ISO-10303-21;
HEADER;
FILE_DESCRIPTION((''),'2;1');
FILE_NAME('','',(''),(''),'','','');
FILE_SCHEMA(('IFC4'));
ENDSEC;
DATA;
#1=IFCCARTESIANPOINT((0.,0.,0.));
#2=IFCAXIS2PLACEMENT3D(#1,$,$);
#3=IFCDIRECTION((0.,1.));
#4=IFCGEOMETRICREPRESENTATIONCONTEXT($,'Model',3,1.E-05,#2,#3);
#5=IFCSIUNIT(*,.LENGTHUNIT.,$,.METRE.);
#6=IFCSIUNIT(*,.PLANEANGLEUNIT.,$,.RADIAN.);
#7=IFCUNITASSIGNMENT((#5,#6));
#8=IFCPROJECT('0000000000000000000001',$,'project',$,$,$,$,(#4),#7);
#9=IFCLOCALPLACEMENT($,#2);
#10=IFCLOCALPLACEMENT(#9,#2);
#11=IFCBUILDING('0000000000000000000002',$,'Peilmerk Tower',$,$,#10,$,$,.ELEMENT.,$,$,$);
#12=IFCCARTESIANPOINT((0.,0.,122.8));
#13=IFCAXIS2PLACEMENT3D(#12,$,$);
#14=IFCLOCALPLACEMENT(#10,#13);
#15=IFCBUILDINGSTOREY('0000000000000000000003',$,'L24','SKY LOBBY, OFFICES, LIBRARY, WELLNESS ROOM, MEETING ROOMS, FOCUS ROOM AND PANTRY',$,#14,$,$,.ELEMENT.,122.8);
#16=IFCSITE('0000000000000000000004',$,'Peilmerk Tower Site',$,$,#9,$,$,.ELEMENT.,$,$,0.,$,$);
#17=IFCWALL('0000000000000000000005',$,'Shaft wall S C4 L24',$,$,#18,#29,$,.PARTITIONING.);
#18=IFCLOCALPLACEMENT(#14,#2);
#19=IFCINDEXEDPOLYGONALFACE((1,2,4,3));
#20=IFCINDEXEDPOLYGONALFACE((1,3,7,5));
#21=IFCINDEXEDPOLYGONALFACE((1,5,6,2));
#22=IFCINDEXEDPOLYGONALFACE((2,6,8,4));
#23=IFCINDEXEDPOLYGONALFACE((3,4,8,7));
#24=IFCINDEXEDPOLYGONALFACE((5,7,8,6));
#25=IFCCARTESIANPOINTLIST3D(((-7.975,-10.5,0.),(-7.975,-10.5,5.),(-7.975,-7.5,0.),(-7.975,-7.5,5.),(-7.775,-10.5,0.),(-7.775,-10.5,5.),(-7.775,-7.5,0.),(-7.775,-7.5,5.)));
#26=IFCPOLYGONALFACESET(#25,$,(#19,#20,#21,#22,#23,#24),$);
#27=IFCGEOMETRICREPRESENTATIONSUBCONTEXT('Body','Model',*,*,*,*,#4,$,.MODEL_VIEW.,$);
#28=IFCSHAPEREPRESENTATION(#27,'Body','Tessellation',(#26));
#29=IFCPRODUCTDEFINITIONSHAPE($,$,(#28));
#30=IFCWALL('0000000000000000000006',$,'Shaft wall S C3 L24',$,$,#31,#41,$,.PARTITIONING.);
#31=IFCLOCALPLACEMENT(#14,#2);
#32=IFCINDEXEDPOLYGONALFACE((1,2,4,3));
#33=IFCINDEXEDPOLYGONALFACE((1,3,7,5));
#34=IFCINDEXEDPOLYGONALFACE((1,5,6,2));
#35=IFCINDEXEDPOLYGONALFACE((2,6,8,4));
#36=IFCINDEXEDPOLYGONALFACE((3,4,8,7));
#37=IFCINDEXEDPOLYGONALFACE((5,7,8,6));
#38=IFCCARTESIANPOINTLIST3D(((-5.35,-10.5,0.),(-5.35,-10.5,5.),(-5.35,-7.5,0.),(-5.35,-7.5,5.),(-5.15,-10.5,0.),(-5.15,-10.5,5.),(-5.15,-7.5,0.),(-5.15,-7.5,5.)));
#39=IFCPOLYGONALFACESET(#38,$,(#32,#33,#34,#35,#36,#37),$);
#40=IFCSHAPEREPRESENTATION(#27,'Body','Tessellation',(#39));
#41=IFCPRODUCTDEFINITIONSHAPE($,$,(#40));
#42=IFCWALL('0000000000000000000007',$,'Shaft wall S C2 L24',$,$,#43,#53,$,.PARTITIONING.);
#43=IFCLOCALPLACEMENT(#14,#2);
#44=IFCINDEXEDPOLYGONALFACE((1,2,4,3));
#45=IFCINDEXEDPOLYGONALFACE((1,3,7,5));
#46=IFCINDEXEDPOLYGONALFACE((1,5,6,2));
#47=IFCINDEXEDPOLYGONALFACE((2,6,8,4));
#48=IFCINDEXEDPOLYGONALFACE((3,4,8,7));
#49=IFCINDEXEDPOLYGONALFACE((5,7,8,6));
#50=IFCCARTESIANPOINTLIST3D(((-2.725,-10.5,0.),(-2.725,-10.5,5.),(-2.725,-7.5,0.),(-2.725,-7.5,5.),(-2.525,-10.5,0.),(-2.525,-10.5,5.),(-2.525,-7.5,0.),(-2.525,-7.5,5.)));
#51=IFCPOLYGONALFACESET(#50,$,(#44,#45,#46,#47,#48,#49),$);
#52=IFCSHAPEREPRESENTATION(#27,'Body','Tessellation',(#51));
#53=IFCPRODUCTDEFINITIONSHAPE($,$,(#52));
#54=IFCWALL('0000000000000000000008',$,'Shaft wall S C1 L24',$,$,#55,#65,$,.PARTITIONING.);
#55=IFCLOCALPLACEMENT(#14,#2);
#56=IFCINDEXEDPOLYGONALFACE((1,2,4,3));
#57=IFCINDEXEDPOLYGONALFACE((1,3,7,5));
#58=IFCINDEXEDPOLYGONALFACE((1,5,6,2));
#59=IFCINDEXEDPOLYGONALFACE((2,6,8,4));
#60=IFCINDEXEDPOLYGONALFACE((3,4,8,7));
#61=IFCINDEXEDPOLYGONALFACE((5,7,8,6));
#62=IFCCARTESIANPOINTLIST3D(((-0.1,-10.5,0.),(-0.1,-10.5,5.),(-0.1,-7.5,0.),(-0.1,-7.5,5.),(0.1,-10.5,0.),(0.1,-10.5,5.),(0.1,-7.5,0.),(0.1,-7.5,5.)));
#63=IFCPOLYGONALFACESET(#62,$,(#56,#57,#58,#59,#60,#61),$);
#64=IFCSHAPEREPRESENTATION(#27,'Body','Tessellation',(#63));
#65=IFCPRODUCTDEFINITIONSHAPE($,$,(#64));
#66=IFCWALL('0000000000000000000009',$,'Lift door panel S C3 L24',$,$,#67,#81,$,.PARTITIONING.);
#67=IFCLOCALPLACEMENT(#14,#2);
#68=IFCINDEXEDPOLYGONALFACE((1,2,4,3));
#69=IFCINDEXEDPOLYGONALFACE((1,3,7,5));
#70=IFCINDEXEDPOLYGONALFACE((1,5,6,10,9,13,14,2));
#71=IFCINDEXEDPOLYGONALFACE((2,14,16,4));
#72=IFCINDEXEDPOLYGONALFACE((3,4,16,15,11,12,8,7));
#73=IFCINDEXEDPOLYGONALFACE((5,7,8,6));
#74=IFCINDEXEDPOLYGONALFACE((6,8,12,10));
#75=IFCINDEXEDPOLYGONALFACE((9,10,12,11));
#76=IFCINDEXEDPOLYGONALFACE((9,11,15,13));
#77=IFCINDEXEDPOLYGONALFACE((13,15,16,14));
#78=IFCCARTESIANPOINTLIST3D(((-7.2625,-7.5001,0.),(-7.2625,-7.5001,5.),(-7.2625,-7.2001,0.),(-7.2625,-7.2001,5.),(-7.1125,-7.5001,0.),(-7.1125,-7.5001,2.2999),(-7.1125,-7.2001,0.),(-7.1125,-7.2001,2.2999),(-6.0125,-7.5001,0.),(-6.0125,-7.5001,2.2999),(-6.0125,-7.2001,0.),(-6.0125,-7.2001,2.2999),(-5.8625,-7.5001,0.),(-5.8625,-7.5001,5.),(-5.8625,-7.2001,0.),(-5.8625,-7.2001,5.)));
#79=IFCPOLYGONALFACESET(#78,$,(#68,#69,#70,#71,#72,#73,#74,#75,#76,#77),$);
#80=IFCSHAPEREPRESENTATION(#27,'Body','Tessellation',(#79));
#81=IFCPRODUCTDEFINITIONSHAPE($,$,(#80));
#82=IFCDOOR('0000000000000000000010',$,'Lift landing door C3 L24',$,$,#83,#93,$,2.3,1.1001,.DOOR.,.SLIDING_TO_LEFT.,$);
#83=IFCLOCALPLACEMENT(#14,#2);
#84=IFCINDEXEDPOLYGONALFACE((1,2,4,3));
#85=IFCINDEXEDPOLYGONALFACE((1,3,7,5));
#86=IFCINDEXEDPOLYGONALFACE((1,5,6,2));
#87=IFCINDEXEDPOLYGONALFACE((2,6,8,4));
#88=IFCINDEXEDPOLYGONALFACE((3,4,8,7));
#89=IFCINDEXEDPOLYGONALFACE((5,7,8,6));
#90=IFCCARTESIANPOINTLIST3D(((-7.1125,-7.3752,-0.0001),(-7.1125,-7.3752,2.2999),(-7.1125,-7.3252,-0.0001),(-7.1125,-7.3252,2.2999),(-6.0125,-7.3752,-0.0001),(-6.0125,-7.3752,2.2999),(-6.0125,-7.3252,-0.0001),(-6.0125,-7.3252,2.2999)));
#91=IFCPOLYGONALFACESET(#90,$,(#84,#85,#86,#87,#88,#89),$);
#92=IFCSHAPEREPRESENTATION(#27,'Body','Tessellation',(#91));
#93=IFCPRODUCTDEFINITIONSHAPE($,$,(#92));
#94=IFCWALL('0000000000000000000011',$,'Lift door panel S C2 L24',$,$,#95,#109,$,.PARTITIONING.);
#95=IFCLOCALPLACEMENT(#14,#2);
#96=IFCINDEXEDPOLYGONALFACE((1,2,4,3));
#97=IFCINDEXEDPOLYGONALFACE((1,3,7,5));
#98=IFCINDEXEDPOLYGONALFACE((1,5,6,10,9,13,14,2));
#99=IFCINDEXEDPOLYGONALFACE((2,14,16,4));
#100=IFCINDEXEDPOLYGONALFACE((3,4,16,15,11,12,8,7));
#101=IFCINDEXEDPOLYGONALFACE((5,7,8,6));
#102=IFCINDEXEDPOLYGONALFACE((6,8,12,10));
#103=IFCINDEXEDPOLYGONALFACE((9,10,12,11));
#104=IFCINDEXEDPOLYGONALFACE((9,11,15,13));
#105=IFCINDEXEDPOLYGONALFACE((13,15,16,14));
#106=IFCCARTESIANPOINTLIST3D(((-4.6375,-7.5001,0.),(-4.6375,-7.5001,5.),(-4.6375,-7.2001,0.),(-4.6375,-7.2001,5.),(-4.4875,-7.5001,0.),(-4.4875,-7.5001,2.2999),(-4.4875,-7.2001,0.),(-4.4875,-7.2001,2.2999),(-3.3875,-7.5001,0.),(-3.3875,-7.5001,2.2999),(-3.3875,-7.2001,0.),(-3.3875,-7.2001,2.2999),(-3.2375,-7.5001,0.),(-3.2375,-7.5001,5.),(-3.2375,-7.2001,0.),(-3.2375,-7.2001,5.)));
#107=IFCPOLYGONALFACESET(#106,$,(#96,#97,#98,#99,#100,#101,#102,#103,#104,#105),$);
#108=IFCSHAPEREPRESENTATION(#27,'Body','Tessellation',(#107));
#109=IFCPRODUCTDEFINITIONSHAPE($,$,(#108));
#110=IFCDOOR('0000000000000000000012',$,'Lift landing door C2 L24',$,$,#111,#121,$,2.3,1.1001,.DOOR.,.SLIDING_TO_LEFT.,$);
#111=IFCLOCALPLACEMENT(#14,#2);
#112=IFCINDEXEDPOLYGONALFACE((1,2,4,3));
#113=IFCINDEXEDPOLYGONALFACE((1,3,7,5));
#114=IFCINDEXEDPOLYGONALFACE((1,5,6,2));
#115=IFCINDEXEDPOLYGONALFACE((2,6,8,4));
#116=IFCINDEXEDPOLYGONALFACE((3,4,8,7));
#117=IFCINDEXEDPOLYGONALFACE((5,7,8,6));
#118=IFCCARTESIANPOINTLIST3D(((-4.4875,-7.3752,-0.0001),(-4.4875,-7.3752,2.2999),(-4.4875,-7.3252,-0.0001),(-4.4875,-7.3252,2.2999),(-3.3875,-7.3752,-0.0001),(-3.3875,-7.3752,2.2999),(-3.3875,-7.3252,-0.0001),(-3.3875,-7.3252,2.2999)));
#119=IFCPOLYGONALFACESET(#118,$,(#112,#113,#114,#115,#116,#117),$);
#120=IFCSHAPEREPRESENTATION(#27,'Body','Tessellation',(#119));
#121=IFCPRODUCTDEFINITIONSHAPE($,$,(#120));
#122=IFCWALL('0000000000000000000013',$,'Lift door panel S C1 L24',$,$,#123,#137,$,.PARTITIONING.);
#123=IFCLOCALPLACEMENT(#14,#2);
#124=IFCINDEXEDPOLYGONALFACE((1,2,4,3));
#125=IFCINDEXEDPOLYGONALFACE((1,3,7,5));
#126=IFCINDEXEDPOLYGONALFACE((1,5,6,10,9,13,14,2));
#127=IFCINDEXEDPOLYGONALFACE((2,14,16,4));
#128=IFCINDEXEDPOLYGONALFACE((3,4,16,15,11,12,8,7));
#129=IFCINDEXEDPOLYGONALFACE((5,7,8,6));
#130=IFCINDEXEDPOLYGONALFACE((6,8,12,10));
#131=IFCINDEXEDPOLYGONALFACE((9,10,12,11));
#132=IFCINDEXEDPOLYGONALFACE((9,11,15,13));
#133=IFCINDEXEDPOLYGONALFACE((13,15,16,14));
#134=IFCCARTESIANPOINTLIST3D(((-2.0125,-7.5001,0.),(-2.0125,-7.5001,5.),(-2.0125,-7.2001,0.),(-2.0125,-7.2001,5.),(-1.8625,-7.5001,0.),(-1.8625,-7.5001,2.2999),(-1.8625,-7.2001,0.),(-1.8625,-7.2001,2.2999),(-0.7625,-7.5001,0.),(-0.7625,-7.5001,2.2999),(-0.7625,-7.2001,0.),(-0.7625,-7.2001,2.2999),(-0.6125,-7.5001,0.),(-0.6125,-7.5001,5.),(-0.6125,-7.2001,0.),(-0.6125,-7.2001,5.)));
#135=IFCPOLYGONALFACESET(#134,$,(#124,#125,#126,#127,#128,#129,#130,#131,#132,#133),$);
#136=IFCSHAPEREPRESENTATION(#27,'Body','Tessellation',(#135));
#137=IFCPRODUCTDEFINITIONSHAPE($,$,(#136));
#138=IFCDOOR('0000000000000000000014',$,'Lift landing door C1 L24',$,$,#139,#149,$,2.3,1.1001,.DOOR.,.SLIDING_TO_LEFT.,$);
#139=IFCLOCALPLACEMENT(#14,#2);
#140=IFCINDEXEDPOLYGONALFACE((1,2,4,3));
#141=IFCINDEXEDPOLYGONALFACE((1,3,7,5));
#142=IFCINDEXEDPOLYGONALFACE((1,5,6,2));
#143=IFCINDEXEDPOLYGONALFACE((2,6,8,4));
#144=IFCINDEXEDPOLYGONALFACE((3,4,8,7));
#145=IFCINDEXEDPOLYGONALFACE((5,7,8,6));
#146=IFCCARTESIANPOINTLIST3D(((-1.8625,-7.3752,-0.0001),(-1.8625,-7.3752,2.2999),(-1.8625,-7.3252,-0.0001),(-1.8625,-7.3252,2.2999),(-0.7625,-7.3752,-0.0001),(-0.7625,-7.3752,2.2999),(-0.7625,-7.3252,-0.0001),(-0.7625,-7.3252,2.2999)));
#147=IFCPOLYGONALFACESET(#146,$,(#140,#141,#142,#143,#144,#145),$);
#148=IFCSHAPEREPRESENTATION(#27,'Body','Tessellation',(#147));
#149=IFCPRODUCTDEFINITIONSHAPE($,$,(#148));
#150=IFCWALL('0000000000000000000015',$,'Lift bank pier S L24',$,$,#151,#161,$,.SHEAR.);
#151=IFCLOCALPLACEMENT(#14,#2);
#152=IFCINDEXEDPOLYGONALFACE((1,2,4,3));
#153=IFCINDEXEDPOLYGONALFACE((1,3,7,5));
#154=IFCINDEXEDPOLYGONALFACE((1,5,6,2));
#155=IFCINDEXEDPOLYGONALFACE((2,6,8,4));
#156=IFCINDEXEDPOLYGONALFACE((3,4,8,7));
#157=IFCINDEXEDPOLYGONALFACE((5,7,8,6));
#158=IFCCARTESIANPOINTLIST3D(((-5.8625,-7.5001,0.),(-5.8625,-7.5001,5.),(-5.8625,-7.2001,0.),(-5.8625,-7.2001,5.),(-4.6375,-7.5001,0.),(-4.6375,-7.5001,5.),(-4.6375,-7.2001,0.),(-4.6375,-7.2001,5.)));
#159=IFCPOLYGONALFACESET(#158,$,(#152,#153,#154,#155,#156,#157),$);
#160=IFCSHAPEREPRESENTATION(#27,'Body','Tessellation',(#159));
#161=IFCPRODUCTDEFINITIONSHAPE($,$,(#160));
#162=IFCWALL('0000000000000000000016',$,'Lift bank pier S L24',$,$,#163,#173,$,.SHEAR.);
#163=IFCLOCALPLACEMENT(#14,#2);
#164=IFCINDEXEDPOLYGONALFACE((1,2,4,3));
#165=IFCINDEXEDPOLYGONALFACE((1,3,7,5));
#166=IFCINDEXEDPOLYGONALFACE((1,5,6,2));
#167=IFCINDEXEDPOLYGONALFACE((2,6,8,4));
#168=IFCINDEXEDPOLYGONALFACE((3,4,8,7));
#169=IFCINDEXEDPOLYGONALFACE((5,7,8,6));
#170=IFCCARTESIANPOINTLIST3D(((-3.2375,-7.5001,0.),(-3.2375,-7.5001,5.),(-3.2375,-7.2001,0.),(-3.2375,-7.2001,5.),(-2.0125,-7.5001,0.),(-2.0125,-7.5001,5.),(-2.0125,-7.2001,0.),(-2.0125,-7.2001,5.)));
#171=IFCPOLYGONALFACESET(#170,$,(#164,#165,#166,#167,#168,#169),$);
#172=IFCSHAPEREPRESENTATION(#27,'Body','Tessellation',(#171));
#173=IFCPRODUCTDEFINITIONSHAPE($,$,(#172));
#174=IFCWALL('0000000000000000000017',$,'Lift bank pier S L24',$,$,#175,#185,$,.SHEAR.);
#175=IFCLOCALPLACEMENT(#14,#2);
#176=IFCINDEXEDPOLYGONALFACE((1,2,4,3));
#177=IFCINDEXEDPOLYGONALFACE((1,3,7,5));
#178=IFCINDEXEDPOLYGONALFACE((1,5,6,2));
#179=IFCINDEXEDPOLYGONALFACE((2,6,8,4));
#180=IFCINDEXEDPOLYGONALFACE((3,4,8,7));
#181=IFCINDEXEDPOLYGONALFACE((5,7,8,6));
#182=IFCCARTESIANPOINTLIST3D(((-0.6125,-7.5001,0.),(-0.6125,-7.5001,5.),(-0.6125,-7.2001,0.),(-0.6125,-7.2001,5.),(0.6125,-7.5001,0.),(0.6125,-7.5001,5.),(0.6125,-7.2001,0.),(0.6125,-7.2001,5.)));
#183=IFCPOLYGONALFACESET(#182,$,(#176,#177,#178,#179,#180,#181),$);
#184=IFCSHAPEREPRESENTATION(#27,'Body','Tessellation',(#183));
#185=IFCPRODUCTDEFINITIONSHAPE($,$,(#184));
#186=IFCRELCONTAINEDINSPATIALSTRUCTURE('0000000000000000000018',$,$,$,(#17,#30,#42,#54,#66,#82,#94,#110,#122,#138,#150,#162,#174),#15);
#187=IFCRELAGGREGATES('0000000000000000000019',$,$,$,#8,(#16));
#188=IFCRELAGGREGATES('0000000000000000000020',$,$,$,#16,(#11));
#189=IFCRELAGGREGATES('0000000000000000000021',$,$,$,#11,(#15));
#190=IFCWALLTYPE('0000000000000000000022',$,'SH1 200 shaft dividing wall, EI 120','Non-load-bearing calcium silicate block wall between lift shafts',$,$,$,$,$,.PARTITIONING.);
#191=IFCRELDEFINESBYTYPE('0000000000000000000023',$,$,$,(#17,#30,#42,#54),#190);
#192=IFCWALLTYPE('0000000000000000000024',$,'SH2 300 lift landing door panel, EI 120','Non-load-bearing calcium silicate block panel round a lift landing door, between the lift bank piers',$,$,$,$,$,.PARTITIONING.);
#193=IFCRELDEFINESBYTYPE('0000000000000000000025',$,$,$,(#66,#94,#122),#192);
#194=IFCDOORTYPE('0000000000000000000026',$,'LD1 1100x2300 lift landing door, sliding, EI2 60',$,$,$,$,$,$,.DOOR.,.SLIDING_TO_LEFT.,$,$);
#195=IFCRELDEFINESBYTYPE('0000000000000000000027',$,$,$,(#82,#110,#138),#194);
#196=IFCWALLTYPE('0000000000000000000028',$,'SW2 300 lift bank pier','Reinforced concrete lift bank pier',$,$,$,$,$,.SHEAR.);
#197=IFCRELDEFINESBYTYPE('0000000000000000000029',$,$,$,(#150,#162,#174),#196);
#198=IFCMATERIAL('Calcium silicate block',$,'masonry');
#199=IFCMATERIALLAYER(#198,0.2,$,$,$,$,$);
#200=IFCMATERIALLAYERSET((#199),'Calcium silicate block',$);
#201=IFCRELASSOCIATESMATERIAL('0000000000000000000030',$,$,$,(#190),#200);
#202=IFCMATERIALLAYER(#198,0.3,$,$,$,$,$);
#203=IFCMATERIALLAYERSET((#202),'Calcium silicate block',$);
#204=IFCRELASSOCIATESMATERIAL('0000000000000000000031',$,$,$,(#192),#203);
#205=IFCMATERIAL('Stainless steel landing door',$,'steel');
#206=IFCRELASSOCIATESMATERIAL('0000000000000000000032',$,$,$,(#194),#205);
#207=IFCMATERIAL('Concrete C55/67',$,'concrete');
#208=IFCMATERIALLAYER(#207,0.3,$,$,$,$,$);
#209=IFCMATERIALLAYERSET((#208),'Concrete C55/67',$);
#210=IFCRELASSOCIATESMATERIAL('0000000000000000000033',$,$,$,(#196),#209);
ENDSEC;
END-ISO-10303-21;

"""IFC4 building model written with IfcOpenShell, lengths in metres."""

from ifc_helpers import new_model, si_unit, direction, frame, frame_2d, origin, place, context, subcontext, project, spatial, rectangle, extrude, material, layer, layer_set, type_object, element, fill, save


model = new_model("IFC4")

# Units and contexts
model_context = context("Model", 3, precision=1e-05, world=origin(), true_north=direction((0.0, 1.0)))
body_context = subcontext(model_context, "Body", "Model", "MODEL_VIEW")
ifc_project = project(units=[si_unit("LENGTHUNIT", "METRE"), si_unit("PLANEANGLEUNIT", "RADIAN")], contexts=[model_context])

# Site, building, storey
site_placement = place(None, origin())
site = spatial("IfcSite", under=ifc_project, at=site_placement, Name="Peilmerk Tower Site", CompositionType="ELEMENT", RefElevation=0.0)
building_placement = place(site_placement, origin())
building = spatial("IfcBuilding", under=site, at=building_placement, Name="Peilmerk Tower", CompositionType="ELEMENT")
storey_placement = place(building_placement, frame((0.0, 0.0, 122.8)))
storey = spatial("IfcBuildingStorey", under=building, at=storey_placement, Name="L24", Description="SKY LOBBY, OFFICES, LIBRARY, WELLNESS ROOM, MEETING ROOMS, FOCUS ROOM AND PANTRY", CompositionType="ELEMENT", Elevation=122.8)

# Walls
ifc_material_1 = material(Name="Calcium silicate block", Category="masonry")
ifc_layer_1 = layer(ifc_material_1, 0.2)
ifc_layer_set_1 = layer_set([ifc_layer_1], Name="Calcium silicate block")
wall_type_1 = type_object("IfcWallType", Name="SH1 200 shaft dividing wall, EI 120", Description="Non-load-bearing calcium silicate block wall between lift shafts", PredefinedType="PARTITIONING", material=ifc_layer_set_1)
for number, where, z_axis, x_axis, name in (
    (1, (-7.875, -10.5, 0.0), (0.0, 0.0, 1.0), (0.0, 1.0, 0.0), "Shaft wall S C4 L24"),
    (2, (-5.25, -10.5, 0.0), (0.0, 0.0, 1.0), (0.0, 1.0, 0.0), "Shaft wall S C3 L24"),
    (3, (-2.625, -10.5, 0.0), (0.0, 0.0, 1.0), (0.0, 1.0, 0.0), "Shaft wall S C2 L24"),
    (4, (0.0, -10.5, 0.0), (0.0, 0.0, 1.0), (0.0, 1.0, 0.0), "Shaft wall S C1 L24"),
):
    element("IfcWall", number, at=place(storey_placement, frame(where, z_axis=z_axis, x_axis=x_axis)), inside=storey, type_object=wall_type_1, Name=name, PredefinedType="PARTITIONING", context=body_context, shape_type="SweptSolid", body=[
        extrude(rectangle(XDim=3.0, YDim=0.2, at=frame_2d((1.5, 0.0))), origin(), (0.0, 0.0, 1.0), 5.0),
    ])

# Walls, openings, doors
ifc_layer_2 = layer(ifc_material_1, 0.3)
ifc_layer_set_2 = layer_set([ifc_layer_2], Name="Calcium silicate block")
wall_type_2 = type_object("IfcWallType", Name="SH2 300 lift landing door panel, EI 120", Description="Non-load-bearing calcium silicate block panel round a lift landing door, between the lift bank piers", PredefinedType="PARTITIONING", material=ifc_layer_set_2)
wall_1_placement = place(storey_placement, frame((-7.2625, -7.3501, 0.0), z_axis=(0.0, 0.0, 1.0), x_axis=(1.0, 0.0, 0.0)))
wall_1 = element("IfcWall", 5, at=wall_1_placement, inside=storey, type_object=wall_type_2, Name="Lift door panel S C3 L24", PredefinedType="PARTITIONING", context=body_context, shape_type="SweptSolid", body=[
    extrude(rectangle(XDim=1.3999, YDim=0.3, at=frame_2d((0.7, 0.0))), origin(), (0.0, 0.0, 1.0), 5.0),
])
opening_1_placement = place(wall_1_placement, frame((0.1499, 0.0, 0.0)))
opening_1 = element("IfcOpeningElement", 6, at=opening_1_placement, cuts=wall_1, PredefinedType="OPENING", context=body_context, shape_type="SweptSolid", body=[
    extrude(rectangle(XDim=1.1001, YDim=2.3, at=frame_2d((0.55, 1.1499))), frame((0.0, 0.1599, 0.0), z_axis=(0.0, -1.0, 0.0), x_axis=(1.0, 0.0, 0.0)), (0.0, 0.0, 1.0), 0.3201),
])
ifc_material_2 = material(Name="Stainless steel landing door", Category="steel")
door_type = type_object("IfcDoorType", Name="LD1 1100x2300 lift landing door, sliding, EI2 60", OperationType="SLIDING_TO_LEFT", PredefinedType="DOOR", material=ifc_material_2)
door_1_placement = place(opening_1_placement, origin())
door_1 = element("IfcDoor", 7, at=door_1_placement, inside=storey, type_object=door_type, Name="Lift landing door C3 L24", OperationType="SLIDING_TO_LEFT", OverallHeight=2.3, OverallWidth=1.1001, PredefinedType="DOOR", context=body_context, shape_type="SweptSolid", body=[
    extrude(rectangle(XDim=1.1001, YDim=2.3, at=frame_2d((0.55, 1.1499))), frame((0.0, 0.0249, 0.0), z_axis=(0.0, -1.0, 0.0), x_axis=(1.0, 0.0, 0.0)), (0.0, 0.0, 1.0), 0.05),
])
fill(opening_1, door_1)
wall_2_placement = place(storey_placement, frame((-4.6375, -7.3501, 0.0), z_axis=(0.0, 0.0, 1.0), x_axis=(1.0, 0.0, 0.0)))
wall_2 = element("IfcWall", 8, at=wall_2_placement, inside=storey, type_object=wall_type_2, Name="Lift door panel S C2 L24", PredefinedType="PARTITIONING", context=body_context, shape_type="SweptSolid", body=[
    extrude(rectangle(XDim=1.3999, YDim=0.3, at=frame_2d((0.7, 0.0))), origin(), (0.0, 0.0, 1.0), 5.0),
])
opening_2_placement = place(wall_2_placement, frame((0.1499, 0.0, 0.0)))
opening_2 = element("IfcOpeningElement", 9, at=opening_2_placement, cuts=wall_2, PredefinedType="OPENING", context=body_context, shape_type="SweptSolid", body=[
    extrude(rectangle(XDim=1.1001, YDim=2.3, at=frame_2d((0.55, 1.1499))), frame((0.0, 0.1599, 0.0), z_axis=(0.0, -1.0, 0.0), x_axis=(1.0, 0.0, 0.0)), (0.0, 0.0, 1.0), 0.3201),
])
door_2_placement = place(opening_2_placement, origin())
door_2 = element("IfcDoor", 10, at=door_2_placement, inside=storey, type_object=door_type, Name="Lift landing door C2 L24", OperationType="SLIDING_TO_LEFT", OverallHeight=2.3, OverallWidth=1.1001, PredefinedType="DOOR", context=body_context, shape_type="SweptSolid", body=[
    extrude(rectangle(XDim=1.1001, YDim=2.3, at=frame_2d((0.55, 1.1499))), frame((0.0, 0.0249, 0.0), z_axis=(0.0, -1.0, 0.0), x_axis=(1.0, 0.0, 0.0)), (0.0, 0.0, 1.0), 0.05),
])
fill(opening_2, door_2)
wall_3_placement = place(storey_placement, frame((-2.0125, -7.3501, 0.0), z_axis=(0.0, 0.0, 1.0), x_axis=(1.0, 0.0, 0.0)))
wall_3 = element("IfcWall", 11, at=wall_3_placement, inside=storey, type_object=wall_type_2, Name="Lift door panel S C1 L24", PredefinedType="PARTITIONING", context=body_context, shape_type="SweptSolid", body=[
    extrude(rectangle(XDim=1.3999, YDim=0.3, at=frame_2d((0.7, 0.0))), origin(), (0.0, 0.0, 1.0), 5.0),
])
opening_3_placement = place(wall_3_placement, frame((0.1499, 0.0, 0.0)))
opening_3 = element("IfcOpeningElement", 12, at=opening_3_placement, cuts=wall_3, PredefinedType="OPENING", context=body_context, shape_type="SweptSolid", body=[
    extrude(rectangle(XDim=1.1001, YDim=2.3, at=frame_2d((0.55, 1.1499))), frame((0.0, 0.1599, 0.0), z_axis=(0.0, -1.0, 0.0), x_axis=(1.0, 0.0, 0.0)), (0.0, 0.0, 1.0), 0.3201),
])
door_3_placement = place(opening_3_placement, origin())
door_3 = element("IfcDoor", 13, at=door_3_placement, inside=storey, type_object=door_type, Name="Lift landing door C1 L24", OperationType="SLIDING_TO_LEFT", OverallHeight=2.3, OverallWidth=1.1001, PredefinedType="DOOR", context=body_context, shape_type="SweptSolid", body=[
    extrude(rectangle(XDim=1.1001, YDim=2.3, at=frame_2d((0.55, 1.1499))), frame((0.0, 0.0249, 0.0), z_axis=(0.0, -1.0, 0.0), x_axis=(1.0, 0.0, 0.0)), (0.0, 0.0, 1.0), 0.05),
])
fill(opening_3, door_3)

# Walls
ifc_material_3 = material(Name="Concrete C55/67", Category="concrete")
ifc_layer_3 = layer(ifc_material_3, 0.3)
ifc_layer_set_3 = layer_set([ifc_layer_3], Name="Concrete C55/67")
wall_type_3 = type_object("IfcWallType", Name="SW2 300 lift bank pier", Description="Reinforced concrete lift bank pier", PredefinedType="SHEAR", material=ifc_layer_set_3)
for number, where, z_axis, x_axis, name in (
    (14, (-5.8625, -7.3501, 0.0), (0.0, 0.0, 1.0), (1.0, 0.0, 0.0), "Lift bank pier S L24"),
    (15, (-3.2375, -7.3501, 0.0), (0.0, 0.0, 1.0), (1.0, 0.0, 0.0), "Lift bank pier S L24"),
    (16, (-0.6125, -7.3501, 0.0), (0.0, 0.0, 1.0), (1.0, 0.0, 0.0), "Lift bank pier S L24"),
):
    element("IfcWall", number, at=place(storey_placement, frame(where, z_axis=z_axis, x_axis=x_axis)), inside=storey, type_object=wall_type_3, Name=name, PredefinedType="SHEAR", context=body_context, shape_type="SweptSolid", body=[
        extrude(rectangle(XDim=1.2251, YDim=0.3, at=frame_2d((0.6125, 0.0))), origin(), (0.0, 0.0, 1.0), 5.0),
    ])

save(model, "model.ifc")
